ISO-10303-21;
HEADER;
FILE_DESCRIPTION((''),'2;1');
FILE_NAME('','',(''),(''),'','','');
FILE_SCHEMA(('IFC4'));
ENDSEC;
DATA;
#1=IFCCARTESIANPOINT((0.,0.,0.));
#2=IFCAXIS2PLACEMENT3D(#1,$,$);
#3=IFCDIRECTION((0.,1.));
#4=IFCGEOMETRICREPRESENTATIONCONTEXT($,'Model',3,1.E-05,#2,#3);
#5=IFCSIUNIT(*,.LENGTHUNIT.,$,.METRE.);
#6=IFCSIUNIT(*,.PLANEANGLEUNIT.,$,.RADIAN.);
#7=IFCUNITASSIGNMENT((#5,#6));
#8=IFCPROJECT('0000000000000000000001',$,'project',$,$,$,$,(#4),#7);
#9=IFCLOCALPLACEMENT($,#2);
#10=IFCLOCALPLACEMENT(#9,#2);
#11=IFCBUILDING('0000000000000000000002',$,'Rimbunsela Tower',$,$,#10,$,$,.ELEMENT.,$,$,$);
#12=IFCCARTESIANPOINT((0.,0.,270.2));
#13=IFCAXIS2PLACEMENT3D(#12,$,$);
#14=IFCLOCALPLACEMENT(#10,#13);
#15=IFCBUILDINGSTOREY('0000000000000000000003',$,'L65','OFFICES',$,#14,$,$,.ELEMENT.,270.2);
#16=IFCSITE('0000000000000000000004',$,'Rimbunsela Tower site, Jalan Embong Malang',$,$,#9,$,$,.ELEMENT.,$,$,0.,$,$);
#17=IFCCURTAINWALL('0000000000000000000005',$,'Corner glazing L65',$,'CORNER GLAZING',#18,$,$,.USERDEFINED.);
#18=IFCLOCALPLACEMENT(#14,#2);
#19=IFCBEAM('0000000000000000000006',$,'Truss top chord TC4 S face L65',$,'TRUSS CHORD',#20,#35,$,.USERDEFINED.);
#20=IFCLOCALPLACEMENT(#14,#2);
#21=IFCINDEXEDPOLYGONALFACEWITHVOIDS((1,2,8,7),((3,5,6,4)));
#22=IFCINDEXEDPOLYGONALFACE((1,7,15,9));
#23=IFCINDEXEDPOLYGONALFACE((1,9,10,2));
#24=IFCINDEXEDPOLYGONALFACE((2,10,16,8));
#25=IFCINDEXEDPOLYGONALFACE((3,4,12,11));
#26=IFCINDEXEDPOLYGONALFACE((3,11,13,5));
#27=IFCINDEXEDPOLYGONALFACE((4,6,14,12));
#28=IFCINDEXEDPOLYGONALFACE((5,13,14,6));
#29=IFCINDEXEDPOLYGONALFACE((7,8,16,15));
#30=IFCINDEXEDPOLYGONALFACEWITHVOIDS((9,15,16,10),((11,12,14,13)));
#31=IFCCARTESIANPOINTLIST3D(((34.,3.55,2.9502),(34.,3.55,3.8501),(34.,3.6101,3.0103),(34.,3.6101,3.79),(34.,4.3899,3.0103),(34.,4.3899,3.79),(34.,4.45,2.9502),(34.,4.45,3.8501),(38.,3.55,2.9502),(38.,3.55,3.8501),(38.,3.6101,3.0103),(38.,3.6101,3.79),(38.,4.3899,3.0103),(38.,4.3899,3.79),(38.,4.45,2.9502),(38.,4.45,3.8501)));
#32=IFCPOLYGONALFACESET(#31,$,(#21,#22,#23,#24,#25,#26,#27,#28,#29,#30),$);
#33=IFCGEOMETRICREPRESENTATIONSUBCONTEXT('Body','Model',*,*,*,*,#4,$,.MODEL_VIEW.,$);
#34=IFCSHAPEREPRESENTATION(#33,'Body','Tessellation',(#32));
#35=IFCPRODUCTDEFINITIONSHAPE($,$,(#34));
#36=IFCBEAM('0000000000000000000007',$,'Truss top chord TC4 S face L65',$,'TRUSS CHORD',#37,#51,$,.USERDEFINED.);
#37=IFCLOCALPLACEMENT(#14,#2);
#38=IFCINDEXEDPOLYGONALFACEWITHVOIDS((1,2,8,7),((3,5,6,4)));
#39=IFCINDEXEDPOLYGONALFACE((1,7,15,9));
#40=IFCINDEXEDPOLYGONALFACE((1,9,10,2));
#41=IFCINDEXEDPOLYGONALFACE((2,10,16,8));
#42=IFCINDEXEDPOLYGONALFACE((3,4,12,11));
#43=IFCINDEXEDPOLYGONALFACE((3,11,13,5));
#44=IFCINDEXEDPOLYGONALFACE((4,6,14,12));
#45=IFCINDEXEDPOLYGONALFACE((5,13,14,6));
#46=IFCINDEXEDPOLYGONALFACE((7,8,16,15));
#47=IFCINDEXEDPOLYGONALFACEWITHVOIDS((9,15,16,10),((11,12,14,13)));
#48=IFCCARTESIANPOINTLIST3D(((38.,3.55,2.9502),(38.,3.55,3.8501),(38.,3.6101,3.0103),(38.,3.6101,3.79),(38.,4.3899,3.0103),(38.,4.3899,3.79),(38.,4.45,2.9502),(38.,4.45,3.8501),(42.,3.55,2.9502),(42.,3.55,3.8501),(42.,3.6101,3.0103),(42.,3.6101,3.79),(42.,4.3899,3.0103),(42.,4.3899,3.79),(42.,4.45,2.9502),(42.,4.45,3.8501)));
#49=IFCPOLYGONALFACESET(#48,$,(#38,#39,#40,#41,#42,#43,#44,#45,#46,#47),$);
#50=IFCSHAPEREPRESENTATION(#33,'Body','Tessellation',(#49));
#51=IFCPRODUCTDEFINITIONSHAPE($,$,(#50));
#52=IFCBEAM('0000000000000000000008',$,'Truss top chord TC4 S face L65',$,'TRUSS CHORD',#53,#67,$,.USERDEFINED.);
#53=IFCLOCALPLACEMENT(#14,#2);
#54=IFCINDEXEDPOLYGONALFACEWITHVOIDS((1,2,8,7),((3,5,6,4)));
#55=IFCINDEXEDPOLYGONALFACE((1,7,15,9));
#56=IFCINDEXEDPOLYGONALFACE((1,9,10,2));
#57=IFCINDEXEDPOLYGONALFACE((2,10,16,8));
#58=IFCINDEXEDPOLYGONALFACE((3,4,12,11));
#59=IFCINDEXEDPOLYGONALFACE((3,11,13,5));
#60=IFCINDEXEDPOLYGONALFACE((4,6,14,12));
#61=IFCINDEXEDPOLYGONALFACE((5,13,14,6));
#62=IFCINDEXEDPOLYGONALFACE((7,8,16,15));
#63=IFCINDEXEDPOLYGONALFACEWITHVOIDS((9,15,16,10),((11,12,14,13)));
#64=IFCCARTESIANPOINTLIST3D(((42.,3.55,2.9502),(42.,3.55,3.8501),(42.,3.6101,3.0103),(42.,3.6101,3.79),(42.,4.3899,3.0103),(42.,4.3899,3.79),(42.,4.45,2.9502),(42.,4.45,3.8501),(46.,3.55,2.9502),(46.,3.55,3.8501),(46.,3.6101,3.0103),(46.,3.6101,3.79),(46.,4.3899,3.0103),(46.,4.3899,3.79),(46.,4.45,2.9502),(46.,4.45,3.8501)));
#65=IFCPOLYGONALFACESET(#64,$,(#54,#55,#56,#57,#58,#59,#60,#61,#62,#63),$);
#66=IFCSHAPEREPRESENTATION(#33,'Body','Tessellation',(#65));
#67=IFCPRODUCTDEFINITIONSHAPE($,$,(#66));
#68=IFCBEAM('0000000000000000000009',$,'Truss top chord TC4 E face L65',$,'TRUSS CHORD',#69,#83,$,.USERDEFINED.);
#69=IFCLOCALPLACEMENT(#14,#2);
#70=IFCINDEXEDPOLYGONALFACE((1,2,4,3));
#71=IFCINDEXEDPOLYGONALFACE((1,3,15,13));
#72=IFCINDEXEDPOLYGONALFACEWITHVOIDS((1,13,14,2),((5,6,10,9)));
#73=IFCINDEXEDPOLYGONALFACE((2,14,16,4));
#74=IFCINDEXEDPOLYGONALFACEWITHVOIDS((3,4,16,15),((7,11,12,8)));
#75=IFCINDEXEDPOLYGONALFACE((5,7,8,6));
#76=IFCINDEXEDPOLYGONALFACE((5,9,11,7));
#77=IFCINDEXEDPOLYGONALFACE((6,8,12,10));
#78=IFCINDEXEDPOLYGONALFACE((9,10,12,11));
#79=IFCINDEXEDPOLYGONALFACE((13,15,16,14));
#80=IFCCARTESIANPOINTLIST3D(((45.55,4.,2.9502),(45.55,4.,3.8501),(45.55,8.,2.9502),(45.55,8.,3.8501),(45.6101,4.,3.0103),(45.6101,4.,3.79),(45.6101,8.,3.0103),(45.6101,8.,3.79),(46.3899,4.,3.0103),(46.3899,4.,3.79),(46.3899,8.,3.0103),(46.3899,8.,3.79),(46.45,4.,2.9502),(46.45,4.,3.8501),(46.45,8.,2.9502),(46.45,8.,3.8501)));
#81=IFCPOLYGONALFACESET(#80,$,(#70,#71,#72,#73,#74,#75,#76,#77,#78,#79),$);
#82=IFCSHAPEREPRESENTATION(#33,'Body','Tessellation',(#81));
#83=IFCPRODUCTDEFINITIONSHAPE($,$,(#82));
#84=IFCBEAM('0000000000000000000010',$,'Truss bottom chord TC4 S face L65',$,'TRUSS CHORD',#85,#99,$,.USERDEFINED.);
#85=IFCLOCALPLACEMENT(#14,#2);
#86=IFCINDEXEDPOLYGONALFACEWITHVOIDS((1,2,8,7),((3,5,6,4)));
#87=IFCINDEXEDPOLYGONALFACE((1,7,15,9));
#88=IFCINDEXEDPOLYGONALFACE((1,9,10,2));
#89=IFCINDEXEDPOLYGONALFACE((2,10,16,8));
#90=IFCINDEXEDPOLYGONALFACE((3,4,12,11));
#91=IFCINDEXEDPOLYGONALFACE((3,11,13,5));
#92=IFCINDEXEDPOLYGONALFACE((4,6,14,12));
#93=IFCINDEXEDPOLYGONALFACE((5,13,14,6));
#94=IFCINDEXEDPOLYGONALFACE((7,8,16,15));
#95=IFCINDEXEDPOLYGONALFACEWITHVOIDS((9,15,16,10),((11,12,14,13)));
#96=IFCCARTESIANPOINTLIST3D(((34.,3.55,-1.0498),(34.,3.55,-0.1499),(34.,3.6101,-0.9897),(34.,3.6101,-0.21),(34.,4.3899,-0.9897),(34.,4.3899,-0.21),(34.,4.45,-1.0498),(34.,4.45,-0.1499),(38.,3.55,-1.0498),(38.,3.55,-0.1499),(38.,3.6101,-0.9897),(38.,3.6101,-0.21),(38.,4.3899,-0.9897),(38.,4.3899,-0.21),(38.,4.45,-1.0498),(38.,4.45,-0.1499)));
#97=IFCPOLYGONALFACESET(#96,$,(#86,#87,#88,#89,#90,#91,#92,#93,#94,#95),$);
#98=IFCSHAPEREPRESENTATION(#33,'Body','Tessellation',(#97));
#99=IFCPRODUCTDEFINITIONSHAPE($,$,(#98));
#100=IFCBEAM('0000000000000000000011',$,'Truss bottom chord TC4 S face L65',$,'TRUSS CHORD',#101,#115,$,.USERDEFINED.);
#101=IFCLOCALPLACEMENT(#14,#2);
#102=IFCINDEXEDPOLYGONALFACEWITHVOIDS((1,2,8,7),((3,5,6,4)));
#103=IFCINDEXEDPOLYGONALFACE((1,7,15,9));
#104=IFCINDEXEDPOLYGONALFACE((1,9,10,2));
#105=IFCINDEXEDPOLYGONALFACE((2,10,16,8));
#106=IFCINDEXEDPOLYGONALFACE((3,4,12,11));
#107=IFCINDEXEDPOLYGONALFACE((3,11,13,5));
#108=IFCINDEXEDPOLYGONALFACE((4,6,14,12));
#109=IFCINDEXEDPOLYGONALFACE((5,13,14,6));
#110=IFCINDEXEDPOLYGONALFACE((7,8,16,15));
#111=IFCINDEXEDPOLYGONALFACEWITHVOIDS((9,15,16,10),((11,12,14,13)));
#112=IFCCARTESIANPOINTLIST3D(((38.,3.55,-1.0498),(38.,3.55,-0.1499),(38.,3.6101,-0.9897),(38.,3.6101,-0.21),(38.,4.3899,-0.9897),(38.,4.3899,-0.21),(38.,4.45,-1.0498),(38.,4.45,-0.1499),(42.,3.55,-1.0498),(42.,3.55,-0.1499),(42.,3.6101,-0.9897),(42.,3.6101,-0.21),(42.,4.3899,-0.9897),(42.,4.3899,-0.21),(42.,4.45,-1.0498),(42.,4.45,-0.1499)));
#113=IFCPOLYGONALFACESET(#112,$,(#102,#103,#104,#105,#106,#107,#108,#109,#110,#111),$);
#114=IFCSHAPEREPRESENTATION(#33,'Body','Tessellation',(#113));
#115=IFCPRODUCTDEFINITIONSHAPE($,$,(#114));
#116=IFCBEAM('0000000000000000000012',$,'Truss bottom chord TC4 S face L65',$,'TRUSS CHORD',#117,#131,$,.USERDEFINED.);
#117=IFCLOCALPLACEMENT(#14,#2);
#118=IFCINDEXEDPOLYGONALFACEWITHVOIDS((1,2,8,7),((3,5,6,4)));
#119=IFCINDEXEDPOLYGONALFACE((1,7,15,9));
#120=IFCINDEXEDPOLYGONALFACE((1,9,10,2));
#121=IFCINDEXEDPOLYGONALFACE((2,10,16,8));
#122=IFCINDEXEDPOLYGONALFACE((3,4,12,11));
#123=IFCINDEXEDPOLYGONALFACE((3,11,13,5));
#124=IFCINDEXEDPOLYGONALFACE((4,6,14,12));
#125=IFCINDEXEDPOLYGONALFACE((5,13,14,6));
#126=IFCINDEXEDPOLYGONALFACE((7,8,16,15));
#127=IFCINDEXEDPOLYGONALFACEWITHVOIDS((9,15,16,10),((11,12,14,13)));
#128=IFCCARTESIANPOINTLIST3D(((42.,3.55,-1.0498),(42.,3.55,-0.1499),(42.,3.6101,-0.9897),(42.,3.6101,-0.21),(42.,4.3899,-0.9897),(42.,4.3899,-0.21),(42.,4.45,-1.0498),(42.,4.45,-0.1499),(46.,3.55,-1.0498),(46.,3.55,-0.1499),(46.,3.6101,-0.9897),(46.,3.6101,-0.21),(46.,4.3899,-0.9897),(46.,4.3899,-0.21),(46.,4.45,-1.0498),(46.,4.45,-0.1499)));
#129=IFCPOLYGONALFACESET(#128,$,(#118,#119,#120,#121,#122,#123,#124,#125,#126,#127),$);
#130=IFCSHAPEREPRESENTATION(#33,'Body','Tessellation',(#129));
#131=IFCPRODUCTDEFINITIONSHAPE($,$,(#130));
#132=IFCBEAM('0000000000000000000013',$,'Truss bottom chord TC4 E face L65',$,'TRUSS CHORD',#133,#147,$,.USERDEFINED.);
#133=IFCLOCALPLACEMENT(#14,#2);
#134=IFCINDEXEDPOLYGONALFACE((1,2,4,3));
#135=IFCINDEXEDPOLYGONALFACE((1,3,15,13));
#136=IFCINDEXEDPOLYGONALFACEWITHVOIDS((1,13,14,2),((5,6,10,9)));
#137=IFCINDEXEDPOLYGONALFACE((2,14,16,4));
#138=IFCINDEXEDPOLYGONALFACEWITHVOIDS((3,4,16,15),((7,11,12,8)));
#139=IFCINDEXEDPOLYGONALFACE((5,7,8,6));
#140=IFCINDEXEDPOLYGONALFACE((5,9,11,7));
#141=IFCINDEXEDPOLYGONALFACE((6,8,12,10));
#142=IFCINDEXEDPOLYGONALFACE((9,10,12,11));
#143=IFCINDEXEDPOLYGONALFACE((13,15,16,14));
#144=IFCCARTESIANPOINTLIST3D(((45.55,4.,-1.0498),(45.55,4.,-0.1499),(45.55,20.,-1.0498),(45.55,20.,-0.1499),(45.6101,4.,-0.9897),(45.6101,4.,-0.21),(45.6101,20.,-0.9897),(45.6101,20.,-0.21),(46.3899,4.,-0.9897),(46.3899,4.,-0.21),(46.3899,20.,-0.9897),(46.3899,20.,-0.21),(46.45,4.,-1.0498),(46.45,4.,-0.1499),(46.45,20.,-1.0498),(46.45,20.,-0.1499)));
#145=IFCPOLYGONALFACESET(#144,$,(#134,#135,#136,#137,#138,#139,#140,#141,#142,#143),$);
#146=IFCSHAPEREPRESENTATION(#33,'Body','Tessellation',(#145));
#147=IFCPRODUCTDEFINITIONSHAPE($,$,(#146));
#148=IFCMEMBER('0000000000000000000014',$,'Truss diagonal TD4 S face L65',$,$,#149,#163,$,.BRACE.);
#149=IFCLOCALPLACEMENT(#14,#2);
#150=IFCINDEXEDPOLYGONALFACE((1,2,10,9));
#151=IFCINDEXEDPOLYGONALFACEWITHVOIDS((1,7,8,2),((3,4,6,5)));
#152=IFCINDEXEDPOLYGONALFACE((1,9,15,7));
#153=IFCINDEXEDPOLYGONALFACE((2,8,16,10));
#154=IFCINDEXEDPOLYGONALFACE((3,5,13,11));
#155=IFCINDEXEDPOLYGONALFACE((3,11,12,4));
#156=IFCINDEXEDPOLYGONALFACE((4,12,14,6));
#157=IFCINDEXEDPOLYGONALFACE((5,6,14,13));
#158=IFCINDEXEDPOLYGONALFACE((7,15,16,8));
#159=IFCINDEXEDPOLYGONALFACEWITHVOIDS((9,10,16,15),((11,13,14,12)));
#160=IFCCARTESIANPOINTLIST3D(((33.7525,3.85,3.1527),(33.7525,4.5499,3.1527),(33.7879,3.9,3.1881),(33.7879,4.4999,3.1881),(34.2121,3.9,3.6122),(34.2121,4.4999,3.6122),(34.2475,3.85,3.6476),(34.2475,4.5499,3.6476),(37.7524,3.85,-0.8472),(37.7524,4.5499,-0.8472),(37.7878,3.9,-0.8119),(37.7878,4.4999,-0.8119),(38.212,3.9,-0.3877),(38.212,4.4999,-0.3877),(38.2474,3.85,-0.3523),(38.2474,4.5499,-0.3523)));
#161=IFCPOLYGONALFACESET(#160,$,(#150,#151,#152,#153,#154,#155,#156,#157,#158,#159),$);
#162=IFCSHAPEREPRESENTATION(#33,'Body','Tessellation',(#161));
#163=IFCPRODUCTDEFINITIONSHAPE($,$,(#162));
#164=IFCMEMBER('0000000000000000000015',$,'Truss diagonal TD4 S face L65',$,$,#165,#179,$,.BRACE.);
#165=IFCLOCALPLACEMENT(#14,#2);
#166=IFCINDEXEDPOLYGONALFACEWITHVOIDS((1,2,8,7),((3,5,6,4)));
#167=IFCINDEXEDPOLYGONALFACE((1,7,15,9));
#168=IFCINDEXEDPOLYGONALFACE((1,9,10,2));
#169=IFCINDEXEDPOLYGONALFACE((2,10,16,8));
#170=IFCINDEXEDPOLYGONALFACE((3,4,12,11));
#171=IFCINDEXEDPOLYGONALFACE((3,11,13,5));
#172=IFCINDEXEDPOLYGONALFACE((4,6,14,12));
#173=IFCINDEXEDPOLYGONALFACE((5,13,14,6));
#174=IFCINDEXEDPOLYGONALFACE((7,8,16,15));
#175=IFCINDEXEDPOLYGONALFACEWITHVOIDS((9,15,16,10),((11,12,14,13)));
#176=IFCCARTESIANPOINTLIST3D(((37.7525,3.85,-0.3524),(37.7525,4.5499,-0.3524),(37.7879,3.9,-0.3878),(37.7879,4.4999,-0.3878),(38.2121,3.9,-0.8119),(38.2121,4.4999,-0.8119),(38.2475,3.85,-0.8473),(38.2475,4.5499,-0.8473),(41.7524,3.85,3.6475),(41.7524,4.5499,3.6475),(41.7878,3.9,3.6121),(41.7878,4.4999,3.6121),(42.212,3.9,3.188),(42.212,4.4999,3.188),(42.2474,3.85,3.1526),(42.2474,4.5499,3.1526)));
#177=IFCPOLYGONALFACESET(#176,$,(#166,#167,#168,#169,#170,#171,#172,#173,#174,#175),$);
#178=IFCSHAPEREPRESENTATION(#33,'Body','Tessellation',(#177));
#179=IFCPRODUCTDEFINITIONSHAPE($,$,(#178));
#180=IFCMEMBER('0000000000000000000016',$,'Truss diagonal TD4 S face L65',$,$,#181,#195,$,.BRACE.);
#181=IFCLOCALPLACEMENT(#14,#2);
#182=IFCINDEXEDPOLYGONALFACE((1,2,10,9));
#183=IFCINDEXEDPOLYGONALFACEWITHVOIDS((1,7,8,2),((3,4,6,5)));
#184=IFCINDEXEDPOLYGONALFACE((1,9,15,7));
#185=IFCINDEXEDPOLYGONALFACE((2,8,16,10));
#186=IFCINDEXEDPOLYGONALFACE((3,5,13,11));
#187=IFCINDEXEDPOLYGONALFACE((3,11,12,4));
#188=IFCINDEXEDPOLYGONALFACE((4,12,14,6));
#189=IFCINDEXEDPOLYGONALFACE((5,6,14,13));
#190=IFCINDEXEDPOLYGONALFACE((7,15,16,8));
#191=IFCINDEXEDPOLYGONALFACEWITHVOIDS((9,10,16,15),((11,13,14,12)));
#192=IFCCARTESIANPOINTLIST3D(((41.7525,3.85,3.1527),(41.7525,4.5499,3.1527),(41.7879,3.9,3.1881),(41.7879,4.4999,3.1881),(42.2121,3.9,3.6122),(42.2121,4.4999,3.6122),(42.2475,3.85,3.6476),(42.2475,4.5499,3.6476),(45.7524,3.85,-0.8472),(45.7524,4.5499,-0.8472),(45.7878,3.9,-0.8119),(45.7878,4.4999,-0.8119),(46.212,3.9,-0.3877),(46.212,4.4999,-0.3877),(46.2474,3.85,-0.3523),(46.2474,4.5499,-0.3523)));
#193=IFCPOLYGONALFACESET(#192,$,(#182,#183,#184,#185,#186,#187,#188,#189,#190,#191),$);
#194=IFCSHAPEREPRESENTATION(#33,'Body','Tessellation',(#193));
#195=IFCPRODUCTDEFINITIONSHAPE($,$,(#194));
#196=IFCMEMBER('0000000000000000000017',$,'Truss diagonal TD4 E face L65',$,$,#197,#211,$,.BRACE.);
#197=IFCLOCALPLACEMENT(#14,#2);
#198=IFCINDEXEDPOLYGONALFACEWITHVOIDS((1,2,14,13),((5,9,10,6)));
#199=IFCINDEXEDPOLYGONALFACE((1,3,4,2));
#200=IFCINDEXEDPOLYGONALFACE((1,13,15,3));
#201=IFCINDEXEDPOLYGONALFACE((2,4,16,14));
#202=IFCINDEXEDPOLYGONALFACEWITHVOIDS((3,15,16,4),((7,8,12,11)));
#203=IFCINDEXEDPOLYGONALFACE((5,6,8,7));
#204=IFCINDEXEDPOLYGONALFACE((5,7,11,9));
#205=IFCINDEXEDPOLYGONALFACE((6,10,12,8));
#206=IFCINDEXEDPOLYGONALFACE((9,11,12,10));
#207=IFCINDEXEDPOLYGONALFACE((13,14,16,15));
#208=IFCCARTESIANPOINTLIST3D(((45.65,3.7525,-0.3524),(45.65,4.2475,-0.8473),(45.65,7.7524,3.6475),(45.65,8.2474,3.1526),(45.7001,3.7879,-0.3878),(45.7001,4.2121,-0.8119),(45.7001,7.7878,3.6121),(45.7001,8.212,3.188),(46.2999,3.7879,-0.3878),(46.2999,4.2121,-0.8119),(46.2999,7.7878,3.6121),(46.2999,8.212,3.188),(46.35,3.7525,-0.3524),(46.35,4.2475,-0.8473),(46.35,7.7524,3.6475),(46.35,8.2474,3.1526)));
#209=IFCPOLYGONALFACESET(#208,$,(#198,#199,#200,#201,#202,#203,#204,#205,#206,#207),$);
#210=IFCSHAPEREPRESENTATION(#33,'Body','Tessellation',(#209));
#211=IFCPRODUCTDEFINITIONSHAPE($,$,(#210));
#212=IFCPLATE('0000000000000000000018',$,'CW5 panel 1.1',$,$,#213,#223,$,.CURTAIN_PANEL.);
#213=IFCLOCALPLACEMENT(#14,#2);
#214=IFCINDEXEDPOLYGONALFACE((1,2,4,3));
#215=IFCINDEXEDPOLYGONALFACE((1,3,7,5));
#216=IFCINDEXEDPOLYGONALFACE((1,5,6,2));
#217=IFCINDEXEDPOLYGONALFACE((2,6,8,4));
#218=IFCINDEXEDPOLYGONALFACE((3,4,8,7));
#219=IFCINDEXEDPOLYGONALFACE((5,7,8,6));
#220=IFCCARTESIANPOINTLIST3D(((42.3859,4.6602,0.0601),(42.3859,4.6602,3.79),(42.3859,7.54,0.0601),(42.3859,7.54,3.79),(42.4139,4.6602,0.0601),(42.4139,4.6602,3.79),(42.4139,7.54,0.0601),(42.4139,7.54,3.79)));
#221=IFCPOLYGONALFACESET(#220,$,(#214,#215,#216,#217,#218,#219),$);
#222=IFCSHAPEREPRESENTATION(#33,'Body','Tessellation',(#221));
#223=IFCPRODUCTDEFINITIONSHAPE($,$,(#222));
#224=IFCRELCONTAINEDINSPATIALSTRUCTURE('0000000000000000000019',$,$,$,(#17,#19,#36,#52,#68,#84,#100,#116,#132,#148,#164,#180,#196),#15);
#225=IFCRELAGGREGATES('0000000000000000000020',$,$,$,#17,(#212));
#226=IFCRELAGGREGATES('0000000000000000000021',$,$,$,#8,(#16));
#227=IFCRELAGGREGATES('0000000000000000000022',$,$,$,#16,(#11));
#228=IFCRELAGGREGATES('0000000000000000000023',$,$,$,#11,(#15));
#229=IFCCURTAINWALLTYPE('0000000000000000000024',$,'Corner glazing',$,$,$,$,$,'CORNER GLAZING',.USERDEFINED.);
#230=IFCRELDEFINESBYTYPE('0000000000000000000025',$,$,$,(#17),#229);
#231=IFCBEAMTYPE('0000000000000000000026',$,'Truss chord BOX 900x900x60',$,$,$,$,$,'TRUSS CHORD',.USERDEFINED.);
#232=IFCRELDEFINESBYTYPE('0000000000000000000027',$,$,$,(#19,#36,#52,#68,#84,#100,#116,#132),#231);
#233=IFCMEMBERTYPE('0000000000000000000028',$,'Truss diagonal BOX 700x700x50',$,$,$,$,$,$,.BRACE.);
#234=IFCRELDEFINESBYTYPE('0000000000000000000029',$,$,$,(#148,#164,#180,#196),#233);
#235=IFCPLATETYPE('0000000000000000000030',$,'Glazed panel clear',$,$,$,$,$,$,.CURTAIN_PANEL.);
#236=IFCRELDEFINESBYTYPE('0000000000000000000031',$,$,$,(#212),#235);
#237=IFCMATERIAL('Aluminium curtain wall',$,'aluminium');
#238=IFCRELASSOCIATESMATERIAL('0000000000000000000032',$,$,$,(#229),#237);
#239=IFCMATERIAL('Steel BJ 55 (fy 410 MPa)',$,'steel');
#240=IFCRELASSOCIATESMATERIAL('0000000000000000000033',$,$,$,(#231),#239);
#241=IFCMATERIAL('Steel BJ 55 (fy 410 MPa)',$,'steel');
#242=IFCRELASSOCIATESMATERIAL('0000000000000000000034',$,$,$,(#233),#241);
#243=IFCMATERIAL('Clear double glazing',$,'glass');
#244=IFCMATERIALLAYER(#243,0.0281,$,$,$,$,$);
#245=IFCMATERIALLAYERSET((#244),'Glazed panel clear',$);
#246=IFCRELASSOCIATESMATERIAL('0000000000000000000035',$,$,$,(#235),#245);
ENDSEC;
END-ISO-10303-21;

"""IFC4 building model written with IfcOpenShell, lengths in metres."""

from ifc_helpers import new_model, si_unit, direction, frame, origin, origin_2d, place, context, subcontext, project, spatial, rectangle, hollow_rectangle, extrude, material, layer, layer_set, material_profile, profile_set, type_object, element, aggregate, save


model = new_model("IFC4")

# Units and contexts
model_context = context("Model", 3, precision=1e-05, world=origin(), true_north=direction((0.0, 1.0)))
body_context = subcontext(model_context, "Body", "Model", "MODEL_VIEW")
ifc_project = project(units=[si_unit("LENGTHUNIT", "METRE"), si_unit("PLANEANGLEUNIT", "RADIAN")], contexts=[model_context])

# Site, building, storey
site_placement = place(None, origin())
site = spatial("IfcSite", under=ifc_project, at=site_placement, Name="Rimbunsela Tower site, Jalan Embong Malang", CompositionType="ELEMENT", RefElevation=0.0)
building_placement = place(site_placement, origin())
building = spatial("IfcBuilding", under=site, at=building_placement, Name="Rimbunsela Tower", CompositionType="ELEMENT")
storey_placement = place(building_placement, frame((0.0, 0.0, 270.2)))
storey = spatial("IfcBuildingStorey", under=building, at=storey_placement, Name="L65", Description="OFFICES", CompositionType="ELEMENT", Elevation=270.2)

# Curtain wall
ifc_material_1 = material(Name="Aluminium curtain wall", Category="aluminium")
curtain_wall_type_1 = type_object("IfcCurtainWallType", Name="Corner glazing", ElementType="CORNER GLAZING", PredefinedType="USERDEFINED", material=ifc_material_1)
curtain_wall_1_placement = place(storey_placement, origin())
curtain_wall_1 = element("IfcCurtainWall", 1, at=curtain_wall_1_placement, inside=storey, type_object=curtain_wall_type_1, Name="Corner glazing L65", ObjectType="CORNER GLAZING", PredefinedType="USERDEFINED")

# Beams
ifc_material_2 = material(Name="Steel BJ 55 (fy 410 MPa)", Category="steel")
ifc_material_profile_1 = material_profile(ifc_material_2, hollow_rectangle(XDim=0.8999, YDim=0.8999, WallThickness=0.0601, at=origin_2d()), Name="BOX 900x900x60")
ifc_profile_set_1 = profile_set([ifc_material_profile_1], Name="Steel BJ 55 (fy 410 MPa)")
beam_type_1 = type_object("IfcBeamType", Name="Truss chord BOX 900x900x60", ElementType="TRUSS CHORD", PredefinedType="USERDEFINED", material=ifc_profile_set_1)
for number, where, z_axis, x_axis, name in (
    (2, (34.0, 4.0, 3.4001), (1.0, 0.0, 0.0), (0.0, 1.0, 0.0), "Truss top chord TC4 S face L65"),
    (3, (38.0, 4.0, 3.4001), (1.0, 0.0, 0.0), (0.0, 1.0, 0.0), "Truss top chord TC4 S face L65"),
    (4, (42.0, 4.0, 3.4001), (1.0, 0.0, 0.0), (0.0, 1.0, 0.0), "Truss top chord TC4 S face L65"),
    (5, (46.0, 4.0, 3.4001), (0.0, 1.0, 0.0), (-1.0, 0.0, 0.0), "Truss top chord TC4 E face L65"),
    (6, (34.0, 4.0, -0.5999), (1.0, 0.0, 0.0), (0.0, 1.0, 0.0), "Truss bottom chord TC4 S face L65"),
    (7, (38.0, 4.0, -0.5999), (1.0, 0.0, 0.0), (0.0, 1.0, 0.0), "Truss bottom chord TC4 S face L65"),
    (8, (42.0, 4.0, -0.5999), (1.0, 0.0, 0.0), (0.0, 1.0, 0.0), "Truss bottom chord TC4 S face L65"),
):
    element("IfcBeam", number, at=place(storey_placement, frame(where, z_axis=z_axis, x_axis=x_axis)), inside=storey, type_object=beam_type_1, Name=name, ObjectType="TRUSS CHORD", PredefinedType="USERDEFINED", context=body_context, shape_type="SweptSolid", body=[
        extrude(hollow_rectangle(XDim=0.8999, YDim=0.8999, WallThickness=0.0601, at=origin_2d()), origin(), (0.0, 0.0, 1.0), 4.0),
    ])
beam_1_placement = place(storey_placement, frame((46.0, 4.0, -0.5999), z_axis=(0.0, 1.0, 0.0), x_axis=(-1.0, 0.0, 0.0)))
element("IfcBeam", 9, at=beam_1_placement, inside=storey, type_object=beam_type_1, Name="Truss bottom chord TC4 E face L65", ObjectType="TRUSS CHORD", PredefinedType="USERDEFINED", context=body_context, shape_type="SweptSolid", body=[
    extrude(hollow_rectangle(XDim=0.8999, YDim=0.8999, WallThickness=0.0601, at=origin_2d()), origin(), (0.0, 0.0, 1.0), 16.0),
])

# Members
ifc_material_3 = material(Name="Steel BJ 55 (fy 410 MPa)", Category="steel")
ifc_material_profile_2 = material_profile(ifc_material_3, hollow_rectangle(XDim=0.7, YDim=0.7, WallThickness=0.05, at=origin_2d()), Name="BOX 700x700x50")
ifc_profile_set_2 = profile_set([ifc_material_profile_2], Name="Steel BJ 55 (fy 410 MPa)")
member_type_1 = type_object("IfcMemberType", Name="Truss diagonal BOX 700x700x50", PredefinedType="BRACE", material=ifc_profile_set_2)
for number, where, z_axis, x_axis, name in (
    (10, (34.0, 4.2, 3.4001), (0.707107, 0.0, -0.707107), (0.0, 1.0, 0.0), "Truss diagonal TD4 S face L65"),
    (11, (38.0, 4.2, -0.5999), (0.707107, 0.0, 0.707107), (0.0, 1.0, 0.0), "Truss diagonal TD4 S face L65"),
    (12, (42.0, 4.2, 3.4001), (0.707107, 0.0, -0.707107), (0.0, 1.0, 0.0), "Truss diagonal TD4 S face L65"),
    (13, (46.0, 4.0, -0.5999), (0.0, 0.707107, 0.707107), (-1.0, 0.0, 0.0), "Truss diagonal TD4 E face L65"),
):
    element("IfcMember", number, at=place(storey_placement, frame(where, z_axis=z_axis, x_axis=x_axis)), inside=storey, type_object=member_type_1, Name=name, PredefinedType="BRACE", context=body_context, shape_type="SweptSolid", body=[
        extrude(hollow_rectangle(XDim=0.7, YDim=0.7, WallThickness=0.05, at=origin_2d()), origin(), (0.0, 0.0, 1.0), 5.6567),
    ])

# Plate
ifc_material_4 = material(Name="Clear double glazing", Category="glass")
ifc_layer_1 = layer(ifc_material_4, 0.0281)
ifc_layer_set_1 = layer_set([ifc_layer_1], Name="Glazed panel clear")
plate_type_1 = type_object("IfcPlateType", Name="Glazed panel clear", PredefinedType="CURTAIN_PANEL", material=ifc_layer_set_1)
plate_1_placement = place(storey_placement, frame((42.3999, 6.1001, 0.0601), z_axis=(0.0, 0.0, 1.0), x_axis=(0.0, 1.0, 0.0)))
plate_1 = element("IfcPlate", 14, at=plate_1_placement, type_object=plate_type_1, Name="CW5 panel 1.1", PredefinedType="CURTAIN_PANEL", context=body_context, shape_type="SweptSolid", body=[
    extrude(rectangle(XDim=2.8799, YDim=0.0281, at=origin_2d()), origin(), (0.0, 0.0, 1.0), 3.73),
])
aggregate(curtain_wall_1, [plate_1])

save(model, "model.ifc")
